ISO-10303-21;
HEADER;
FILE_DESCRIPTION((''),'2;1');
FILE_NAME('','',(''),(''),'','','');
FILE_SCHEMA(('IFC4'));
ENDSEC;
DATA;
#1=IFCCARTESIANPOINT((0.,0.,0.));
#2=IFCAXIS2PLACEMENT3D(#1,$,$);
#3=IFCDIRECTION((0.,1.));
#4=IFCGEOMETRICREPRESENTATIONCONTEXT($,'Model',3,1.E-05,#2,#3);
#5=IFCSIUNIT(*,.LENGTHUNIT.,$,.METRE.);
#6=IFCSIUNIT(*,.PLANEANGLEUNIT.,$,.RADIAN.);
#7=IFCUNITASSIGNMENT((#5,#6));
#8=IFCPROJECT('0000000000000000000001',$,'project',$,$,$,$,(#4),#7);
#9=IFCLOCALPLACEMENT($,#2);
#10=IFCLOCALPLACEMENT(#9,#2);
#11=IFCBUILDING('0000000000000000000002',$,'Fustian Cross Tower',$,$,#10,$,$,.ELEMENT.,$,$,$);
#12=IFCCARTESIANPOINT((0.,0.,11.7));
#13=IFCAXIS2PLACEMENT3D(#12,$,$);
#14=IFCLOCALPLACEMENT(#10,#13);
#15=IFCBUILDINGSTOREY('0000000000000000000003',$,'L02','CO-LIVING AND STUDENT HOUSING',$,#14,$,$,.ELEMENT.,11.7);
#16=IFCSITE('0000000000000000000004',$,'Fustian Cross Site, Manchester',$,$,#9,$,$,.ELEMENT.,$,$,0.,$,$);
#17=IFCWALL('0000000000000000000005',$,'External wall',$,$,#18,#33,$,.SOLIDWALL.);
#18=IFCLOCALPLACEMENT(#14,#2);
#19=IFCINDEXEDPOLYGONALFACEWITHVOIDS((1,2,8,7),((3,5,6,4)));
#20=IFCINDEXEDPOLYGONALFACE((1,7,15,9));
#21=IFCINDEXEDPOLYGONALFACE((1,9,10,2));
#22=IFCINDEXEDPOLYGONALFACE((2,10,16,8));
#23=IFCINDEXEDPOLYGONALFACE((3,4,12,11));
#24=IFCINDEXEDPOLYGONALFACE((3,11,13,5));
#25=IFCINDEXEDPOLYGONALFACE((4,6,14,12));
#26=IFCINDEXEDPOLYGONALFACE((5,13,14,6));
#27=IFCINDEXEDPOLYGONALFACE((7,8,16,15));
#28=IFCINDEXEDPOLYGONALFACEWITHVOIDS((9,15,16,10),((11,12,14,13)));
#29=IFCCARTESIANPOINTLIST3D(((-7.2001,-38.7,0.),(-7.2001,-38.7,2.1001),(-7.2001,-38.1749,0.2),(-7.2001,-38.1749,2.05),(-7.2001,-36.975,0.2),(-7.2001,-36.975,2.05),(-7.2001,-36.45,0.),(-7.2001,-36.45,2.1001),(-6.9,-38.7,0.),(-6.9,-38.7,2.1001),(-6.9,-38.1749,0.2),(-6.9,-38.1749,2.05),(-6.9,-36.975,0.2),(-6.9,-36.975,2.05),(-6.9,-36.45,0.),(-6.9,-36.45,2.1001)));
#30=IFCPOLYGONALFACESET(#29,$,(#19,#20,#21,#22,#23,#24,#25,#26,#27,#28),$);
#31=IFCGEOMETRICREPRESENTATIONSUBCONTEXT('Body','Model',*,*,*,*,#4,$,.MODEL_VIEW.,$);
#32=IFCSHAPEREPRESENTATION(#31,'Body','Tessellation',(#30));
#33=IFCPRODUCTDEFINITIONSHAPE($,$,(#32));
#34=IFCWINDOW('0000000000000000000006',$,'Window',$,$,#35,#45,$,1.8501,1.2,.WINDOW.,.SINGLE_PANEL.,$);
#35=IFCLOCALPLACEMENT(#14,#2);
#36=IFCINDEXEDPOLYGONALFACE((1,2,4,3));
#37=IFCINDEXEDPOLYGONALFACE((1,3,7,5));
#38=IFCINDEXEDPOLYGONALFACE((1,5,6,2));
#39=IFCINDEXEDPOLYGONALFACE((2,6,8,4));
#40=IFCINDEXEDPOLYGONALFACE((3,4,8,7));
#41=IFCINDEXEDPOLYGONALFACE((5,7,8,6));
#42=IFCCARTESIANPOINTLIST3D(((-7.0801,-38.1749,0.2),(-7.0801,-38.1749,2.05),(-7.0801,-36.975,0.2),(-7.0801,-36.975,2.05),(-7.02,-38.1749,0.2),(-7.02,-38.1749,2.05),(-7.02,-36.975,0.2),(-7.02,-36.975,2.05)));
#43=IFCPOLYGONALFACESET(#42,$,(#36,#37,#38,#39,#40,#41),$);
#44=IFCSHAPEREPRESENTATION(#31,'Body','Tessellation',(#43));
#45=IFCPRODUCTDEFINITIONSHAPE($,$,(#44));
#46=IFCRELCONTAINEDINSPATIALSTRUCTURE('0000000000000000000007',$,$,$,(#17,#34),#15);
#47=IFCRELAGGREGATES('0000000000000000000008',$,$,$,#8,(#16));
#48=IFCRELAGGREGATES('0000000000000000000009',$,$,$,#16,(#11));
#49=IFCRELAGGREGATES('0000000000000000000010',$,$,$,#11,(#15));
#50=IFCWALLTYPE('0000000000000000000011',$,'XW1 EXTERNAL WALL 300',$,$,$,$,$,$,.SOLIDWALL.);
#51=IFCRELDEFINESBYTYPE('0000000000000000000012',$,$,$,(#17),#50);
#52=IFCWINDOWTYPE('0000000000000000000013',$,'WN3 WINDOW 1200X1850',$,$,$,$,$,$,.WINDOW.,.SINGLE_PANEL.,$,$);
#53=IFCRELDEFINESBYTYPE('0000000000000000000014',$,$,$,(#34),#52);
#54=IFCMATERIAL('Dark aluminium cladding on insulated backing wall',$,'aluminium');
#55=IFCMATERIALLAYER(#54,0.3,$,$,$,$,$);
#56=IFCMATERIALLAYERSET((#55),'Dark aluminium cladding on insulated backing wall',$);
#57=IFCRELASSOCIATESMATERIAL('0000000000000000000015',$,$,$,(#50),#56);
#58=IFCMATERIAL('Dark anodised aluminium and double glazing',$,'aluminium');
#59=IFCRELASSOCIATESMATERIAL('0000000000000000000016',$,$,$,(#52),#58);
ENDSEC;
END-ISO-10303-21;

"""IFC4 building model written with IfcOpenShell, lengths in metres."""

from ifc_helpers import new_model, si_unit, direction, frame, frame_2d, origin, place, context, subcontext, project, spatial, rectangle, extrude, material, layer, layer_set, type_object, element, fill, save


model = new_model("IFC4")

# Units and contexts
model_context = context("Model", 3, precision=1e-05, world=origin(), true_north=direction((0.0, 1.0)))
body_context = subcontext(model_context, "Body", "Model", "MODEL_VIEW")
ifc_project = project(units=[si_unit("LENGTHUNIT", "METRE"), si_unit("PLANEANGLEUNIT", "RADIAN")], contexts=[model_context])

# Site, building, storey
site_placement = place(None, origin())
site = spatial("IfcSite", under=ifc_project, at=site_placement, Name="Fustian Cross Site, Manchester", CompositionType="ELEMENT", RefElevation=0.0)
building_placement = place(site_placement, origin())
building = spatial("IfcBuilding", under=site, at=building_placement, Name="Fustian Cross Tower", CompositionType="ELEMENT")
storey_placement = place(building_placement, frame((0.0, 0.0, 11.7)))
storey = spatial("IfcBuildingStorey", under=building, at=storey_placement, Name="L02", Description="CO-LIVING AND STUDENT HOUSING", CompositionType="ELEMENT", Elevation=11.7)

# Wall, opening, window
ifc_material_1 = material(Name="Dark aluminium cladding on insulated backing wall", Category="aluminium")
ifc_layer_1 = layer(ifc_material_1, 0.3)
ifc_layer_set_1 = layer_set([ifc_layer_1], Name="Dark aluminium cladding on insulated backing wall")
wall_type_1 = type_object("IfcWallType", Name="XW1 EXTERNAL WALL 300", PredefinedType="SOLIDWALL", material=ifc_layer_set_1)
wall_1_placement = place(storey_placement, frame((-7.05, -36.45, 0.0), z_axis=(0.0, 0.0, 1.0), x_axis=(0.0, -1.0, 0.0)))
wall_1 = element("IfcWall", 1, at=wall_1_placement, inside=storey, type_object=wall_type_1, Name="External wall", PredefinedType="SOLIDWALL", context=body_context, shape_type="SweptSolid", body=[
    extrude(rectangle(XDim=2.25, YDim=0.3, at=frame_2d((1.125, 0.0))), origin(), (0.0, 0.0, 1.0), 2.1001),
])
opening_1_placement = place(wall_1_placement, frame((0.5249, 0.0, 0.2)))
opening_1 = element("IfcOpeningElement", 2, at=opening_1_placement, cuts=wall_1, PredefinedType="OPENING", context=body_context, shape_type="SweptSolid", body=[
    extrude(rectangle(XDim=1.2, YDim=1.8501, at=frame_2d((0.6001, 0.925))), frame((0.0, 0.1599, 0.0), z_axis=(0.0, -1.0, 0.0), x_axis=(1.0, 0.0, 0.0)), (0.0, 0.0, 1.0), 0.3201),
])
ifc_material_2 = material(Name="Dark anodised aluminium and double glazing", Category="aluminium")
window_type_1 = type_object("IfcWindowType", Name="WN3 WINDOW 1200X1850", PartitioningType="SINGLE_PANEL", PredefinedType="WINDOW", material=ifc_material_2)
window_1_placement = place(opening_1_placement, origin())
window_1 = element("IfcWindow", 3, at=window_1_placement, inside=storey, type_object=window_type_1, Name="Window", OverallHeight=1.8501, OverallWidth=1.2, PartitioningType="SINGLE_PANEL", PredefinedType="WINDOW", context=body_context, shape_type="SweptSolid", body=[
    extrude(rectangle(XDim=1.2, YDim=1.8501, at=frame_2d((0.6001, 0.925))), frame((0.0, 0.03, 0.0), z_axis=(0.0, -1.0, 0.0), x_axis=(1.0, 0.0, 0.0)), (0.0, 0.0, 1.0), 0.0601),
])
fill(opening_1, window_1)

save(model, "model.ifc")
